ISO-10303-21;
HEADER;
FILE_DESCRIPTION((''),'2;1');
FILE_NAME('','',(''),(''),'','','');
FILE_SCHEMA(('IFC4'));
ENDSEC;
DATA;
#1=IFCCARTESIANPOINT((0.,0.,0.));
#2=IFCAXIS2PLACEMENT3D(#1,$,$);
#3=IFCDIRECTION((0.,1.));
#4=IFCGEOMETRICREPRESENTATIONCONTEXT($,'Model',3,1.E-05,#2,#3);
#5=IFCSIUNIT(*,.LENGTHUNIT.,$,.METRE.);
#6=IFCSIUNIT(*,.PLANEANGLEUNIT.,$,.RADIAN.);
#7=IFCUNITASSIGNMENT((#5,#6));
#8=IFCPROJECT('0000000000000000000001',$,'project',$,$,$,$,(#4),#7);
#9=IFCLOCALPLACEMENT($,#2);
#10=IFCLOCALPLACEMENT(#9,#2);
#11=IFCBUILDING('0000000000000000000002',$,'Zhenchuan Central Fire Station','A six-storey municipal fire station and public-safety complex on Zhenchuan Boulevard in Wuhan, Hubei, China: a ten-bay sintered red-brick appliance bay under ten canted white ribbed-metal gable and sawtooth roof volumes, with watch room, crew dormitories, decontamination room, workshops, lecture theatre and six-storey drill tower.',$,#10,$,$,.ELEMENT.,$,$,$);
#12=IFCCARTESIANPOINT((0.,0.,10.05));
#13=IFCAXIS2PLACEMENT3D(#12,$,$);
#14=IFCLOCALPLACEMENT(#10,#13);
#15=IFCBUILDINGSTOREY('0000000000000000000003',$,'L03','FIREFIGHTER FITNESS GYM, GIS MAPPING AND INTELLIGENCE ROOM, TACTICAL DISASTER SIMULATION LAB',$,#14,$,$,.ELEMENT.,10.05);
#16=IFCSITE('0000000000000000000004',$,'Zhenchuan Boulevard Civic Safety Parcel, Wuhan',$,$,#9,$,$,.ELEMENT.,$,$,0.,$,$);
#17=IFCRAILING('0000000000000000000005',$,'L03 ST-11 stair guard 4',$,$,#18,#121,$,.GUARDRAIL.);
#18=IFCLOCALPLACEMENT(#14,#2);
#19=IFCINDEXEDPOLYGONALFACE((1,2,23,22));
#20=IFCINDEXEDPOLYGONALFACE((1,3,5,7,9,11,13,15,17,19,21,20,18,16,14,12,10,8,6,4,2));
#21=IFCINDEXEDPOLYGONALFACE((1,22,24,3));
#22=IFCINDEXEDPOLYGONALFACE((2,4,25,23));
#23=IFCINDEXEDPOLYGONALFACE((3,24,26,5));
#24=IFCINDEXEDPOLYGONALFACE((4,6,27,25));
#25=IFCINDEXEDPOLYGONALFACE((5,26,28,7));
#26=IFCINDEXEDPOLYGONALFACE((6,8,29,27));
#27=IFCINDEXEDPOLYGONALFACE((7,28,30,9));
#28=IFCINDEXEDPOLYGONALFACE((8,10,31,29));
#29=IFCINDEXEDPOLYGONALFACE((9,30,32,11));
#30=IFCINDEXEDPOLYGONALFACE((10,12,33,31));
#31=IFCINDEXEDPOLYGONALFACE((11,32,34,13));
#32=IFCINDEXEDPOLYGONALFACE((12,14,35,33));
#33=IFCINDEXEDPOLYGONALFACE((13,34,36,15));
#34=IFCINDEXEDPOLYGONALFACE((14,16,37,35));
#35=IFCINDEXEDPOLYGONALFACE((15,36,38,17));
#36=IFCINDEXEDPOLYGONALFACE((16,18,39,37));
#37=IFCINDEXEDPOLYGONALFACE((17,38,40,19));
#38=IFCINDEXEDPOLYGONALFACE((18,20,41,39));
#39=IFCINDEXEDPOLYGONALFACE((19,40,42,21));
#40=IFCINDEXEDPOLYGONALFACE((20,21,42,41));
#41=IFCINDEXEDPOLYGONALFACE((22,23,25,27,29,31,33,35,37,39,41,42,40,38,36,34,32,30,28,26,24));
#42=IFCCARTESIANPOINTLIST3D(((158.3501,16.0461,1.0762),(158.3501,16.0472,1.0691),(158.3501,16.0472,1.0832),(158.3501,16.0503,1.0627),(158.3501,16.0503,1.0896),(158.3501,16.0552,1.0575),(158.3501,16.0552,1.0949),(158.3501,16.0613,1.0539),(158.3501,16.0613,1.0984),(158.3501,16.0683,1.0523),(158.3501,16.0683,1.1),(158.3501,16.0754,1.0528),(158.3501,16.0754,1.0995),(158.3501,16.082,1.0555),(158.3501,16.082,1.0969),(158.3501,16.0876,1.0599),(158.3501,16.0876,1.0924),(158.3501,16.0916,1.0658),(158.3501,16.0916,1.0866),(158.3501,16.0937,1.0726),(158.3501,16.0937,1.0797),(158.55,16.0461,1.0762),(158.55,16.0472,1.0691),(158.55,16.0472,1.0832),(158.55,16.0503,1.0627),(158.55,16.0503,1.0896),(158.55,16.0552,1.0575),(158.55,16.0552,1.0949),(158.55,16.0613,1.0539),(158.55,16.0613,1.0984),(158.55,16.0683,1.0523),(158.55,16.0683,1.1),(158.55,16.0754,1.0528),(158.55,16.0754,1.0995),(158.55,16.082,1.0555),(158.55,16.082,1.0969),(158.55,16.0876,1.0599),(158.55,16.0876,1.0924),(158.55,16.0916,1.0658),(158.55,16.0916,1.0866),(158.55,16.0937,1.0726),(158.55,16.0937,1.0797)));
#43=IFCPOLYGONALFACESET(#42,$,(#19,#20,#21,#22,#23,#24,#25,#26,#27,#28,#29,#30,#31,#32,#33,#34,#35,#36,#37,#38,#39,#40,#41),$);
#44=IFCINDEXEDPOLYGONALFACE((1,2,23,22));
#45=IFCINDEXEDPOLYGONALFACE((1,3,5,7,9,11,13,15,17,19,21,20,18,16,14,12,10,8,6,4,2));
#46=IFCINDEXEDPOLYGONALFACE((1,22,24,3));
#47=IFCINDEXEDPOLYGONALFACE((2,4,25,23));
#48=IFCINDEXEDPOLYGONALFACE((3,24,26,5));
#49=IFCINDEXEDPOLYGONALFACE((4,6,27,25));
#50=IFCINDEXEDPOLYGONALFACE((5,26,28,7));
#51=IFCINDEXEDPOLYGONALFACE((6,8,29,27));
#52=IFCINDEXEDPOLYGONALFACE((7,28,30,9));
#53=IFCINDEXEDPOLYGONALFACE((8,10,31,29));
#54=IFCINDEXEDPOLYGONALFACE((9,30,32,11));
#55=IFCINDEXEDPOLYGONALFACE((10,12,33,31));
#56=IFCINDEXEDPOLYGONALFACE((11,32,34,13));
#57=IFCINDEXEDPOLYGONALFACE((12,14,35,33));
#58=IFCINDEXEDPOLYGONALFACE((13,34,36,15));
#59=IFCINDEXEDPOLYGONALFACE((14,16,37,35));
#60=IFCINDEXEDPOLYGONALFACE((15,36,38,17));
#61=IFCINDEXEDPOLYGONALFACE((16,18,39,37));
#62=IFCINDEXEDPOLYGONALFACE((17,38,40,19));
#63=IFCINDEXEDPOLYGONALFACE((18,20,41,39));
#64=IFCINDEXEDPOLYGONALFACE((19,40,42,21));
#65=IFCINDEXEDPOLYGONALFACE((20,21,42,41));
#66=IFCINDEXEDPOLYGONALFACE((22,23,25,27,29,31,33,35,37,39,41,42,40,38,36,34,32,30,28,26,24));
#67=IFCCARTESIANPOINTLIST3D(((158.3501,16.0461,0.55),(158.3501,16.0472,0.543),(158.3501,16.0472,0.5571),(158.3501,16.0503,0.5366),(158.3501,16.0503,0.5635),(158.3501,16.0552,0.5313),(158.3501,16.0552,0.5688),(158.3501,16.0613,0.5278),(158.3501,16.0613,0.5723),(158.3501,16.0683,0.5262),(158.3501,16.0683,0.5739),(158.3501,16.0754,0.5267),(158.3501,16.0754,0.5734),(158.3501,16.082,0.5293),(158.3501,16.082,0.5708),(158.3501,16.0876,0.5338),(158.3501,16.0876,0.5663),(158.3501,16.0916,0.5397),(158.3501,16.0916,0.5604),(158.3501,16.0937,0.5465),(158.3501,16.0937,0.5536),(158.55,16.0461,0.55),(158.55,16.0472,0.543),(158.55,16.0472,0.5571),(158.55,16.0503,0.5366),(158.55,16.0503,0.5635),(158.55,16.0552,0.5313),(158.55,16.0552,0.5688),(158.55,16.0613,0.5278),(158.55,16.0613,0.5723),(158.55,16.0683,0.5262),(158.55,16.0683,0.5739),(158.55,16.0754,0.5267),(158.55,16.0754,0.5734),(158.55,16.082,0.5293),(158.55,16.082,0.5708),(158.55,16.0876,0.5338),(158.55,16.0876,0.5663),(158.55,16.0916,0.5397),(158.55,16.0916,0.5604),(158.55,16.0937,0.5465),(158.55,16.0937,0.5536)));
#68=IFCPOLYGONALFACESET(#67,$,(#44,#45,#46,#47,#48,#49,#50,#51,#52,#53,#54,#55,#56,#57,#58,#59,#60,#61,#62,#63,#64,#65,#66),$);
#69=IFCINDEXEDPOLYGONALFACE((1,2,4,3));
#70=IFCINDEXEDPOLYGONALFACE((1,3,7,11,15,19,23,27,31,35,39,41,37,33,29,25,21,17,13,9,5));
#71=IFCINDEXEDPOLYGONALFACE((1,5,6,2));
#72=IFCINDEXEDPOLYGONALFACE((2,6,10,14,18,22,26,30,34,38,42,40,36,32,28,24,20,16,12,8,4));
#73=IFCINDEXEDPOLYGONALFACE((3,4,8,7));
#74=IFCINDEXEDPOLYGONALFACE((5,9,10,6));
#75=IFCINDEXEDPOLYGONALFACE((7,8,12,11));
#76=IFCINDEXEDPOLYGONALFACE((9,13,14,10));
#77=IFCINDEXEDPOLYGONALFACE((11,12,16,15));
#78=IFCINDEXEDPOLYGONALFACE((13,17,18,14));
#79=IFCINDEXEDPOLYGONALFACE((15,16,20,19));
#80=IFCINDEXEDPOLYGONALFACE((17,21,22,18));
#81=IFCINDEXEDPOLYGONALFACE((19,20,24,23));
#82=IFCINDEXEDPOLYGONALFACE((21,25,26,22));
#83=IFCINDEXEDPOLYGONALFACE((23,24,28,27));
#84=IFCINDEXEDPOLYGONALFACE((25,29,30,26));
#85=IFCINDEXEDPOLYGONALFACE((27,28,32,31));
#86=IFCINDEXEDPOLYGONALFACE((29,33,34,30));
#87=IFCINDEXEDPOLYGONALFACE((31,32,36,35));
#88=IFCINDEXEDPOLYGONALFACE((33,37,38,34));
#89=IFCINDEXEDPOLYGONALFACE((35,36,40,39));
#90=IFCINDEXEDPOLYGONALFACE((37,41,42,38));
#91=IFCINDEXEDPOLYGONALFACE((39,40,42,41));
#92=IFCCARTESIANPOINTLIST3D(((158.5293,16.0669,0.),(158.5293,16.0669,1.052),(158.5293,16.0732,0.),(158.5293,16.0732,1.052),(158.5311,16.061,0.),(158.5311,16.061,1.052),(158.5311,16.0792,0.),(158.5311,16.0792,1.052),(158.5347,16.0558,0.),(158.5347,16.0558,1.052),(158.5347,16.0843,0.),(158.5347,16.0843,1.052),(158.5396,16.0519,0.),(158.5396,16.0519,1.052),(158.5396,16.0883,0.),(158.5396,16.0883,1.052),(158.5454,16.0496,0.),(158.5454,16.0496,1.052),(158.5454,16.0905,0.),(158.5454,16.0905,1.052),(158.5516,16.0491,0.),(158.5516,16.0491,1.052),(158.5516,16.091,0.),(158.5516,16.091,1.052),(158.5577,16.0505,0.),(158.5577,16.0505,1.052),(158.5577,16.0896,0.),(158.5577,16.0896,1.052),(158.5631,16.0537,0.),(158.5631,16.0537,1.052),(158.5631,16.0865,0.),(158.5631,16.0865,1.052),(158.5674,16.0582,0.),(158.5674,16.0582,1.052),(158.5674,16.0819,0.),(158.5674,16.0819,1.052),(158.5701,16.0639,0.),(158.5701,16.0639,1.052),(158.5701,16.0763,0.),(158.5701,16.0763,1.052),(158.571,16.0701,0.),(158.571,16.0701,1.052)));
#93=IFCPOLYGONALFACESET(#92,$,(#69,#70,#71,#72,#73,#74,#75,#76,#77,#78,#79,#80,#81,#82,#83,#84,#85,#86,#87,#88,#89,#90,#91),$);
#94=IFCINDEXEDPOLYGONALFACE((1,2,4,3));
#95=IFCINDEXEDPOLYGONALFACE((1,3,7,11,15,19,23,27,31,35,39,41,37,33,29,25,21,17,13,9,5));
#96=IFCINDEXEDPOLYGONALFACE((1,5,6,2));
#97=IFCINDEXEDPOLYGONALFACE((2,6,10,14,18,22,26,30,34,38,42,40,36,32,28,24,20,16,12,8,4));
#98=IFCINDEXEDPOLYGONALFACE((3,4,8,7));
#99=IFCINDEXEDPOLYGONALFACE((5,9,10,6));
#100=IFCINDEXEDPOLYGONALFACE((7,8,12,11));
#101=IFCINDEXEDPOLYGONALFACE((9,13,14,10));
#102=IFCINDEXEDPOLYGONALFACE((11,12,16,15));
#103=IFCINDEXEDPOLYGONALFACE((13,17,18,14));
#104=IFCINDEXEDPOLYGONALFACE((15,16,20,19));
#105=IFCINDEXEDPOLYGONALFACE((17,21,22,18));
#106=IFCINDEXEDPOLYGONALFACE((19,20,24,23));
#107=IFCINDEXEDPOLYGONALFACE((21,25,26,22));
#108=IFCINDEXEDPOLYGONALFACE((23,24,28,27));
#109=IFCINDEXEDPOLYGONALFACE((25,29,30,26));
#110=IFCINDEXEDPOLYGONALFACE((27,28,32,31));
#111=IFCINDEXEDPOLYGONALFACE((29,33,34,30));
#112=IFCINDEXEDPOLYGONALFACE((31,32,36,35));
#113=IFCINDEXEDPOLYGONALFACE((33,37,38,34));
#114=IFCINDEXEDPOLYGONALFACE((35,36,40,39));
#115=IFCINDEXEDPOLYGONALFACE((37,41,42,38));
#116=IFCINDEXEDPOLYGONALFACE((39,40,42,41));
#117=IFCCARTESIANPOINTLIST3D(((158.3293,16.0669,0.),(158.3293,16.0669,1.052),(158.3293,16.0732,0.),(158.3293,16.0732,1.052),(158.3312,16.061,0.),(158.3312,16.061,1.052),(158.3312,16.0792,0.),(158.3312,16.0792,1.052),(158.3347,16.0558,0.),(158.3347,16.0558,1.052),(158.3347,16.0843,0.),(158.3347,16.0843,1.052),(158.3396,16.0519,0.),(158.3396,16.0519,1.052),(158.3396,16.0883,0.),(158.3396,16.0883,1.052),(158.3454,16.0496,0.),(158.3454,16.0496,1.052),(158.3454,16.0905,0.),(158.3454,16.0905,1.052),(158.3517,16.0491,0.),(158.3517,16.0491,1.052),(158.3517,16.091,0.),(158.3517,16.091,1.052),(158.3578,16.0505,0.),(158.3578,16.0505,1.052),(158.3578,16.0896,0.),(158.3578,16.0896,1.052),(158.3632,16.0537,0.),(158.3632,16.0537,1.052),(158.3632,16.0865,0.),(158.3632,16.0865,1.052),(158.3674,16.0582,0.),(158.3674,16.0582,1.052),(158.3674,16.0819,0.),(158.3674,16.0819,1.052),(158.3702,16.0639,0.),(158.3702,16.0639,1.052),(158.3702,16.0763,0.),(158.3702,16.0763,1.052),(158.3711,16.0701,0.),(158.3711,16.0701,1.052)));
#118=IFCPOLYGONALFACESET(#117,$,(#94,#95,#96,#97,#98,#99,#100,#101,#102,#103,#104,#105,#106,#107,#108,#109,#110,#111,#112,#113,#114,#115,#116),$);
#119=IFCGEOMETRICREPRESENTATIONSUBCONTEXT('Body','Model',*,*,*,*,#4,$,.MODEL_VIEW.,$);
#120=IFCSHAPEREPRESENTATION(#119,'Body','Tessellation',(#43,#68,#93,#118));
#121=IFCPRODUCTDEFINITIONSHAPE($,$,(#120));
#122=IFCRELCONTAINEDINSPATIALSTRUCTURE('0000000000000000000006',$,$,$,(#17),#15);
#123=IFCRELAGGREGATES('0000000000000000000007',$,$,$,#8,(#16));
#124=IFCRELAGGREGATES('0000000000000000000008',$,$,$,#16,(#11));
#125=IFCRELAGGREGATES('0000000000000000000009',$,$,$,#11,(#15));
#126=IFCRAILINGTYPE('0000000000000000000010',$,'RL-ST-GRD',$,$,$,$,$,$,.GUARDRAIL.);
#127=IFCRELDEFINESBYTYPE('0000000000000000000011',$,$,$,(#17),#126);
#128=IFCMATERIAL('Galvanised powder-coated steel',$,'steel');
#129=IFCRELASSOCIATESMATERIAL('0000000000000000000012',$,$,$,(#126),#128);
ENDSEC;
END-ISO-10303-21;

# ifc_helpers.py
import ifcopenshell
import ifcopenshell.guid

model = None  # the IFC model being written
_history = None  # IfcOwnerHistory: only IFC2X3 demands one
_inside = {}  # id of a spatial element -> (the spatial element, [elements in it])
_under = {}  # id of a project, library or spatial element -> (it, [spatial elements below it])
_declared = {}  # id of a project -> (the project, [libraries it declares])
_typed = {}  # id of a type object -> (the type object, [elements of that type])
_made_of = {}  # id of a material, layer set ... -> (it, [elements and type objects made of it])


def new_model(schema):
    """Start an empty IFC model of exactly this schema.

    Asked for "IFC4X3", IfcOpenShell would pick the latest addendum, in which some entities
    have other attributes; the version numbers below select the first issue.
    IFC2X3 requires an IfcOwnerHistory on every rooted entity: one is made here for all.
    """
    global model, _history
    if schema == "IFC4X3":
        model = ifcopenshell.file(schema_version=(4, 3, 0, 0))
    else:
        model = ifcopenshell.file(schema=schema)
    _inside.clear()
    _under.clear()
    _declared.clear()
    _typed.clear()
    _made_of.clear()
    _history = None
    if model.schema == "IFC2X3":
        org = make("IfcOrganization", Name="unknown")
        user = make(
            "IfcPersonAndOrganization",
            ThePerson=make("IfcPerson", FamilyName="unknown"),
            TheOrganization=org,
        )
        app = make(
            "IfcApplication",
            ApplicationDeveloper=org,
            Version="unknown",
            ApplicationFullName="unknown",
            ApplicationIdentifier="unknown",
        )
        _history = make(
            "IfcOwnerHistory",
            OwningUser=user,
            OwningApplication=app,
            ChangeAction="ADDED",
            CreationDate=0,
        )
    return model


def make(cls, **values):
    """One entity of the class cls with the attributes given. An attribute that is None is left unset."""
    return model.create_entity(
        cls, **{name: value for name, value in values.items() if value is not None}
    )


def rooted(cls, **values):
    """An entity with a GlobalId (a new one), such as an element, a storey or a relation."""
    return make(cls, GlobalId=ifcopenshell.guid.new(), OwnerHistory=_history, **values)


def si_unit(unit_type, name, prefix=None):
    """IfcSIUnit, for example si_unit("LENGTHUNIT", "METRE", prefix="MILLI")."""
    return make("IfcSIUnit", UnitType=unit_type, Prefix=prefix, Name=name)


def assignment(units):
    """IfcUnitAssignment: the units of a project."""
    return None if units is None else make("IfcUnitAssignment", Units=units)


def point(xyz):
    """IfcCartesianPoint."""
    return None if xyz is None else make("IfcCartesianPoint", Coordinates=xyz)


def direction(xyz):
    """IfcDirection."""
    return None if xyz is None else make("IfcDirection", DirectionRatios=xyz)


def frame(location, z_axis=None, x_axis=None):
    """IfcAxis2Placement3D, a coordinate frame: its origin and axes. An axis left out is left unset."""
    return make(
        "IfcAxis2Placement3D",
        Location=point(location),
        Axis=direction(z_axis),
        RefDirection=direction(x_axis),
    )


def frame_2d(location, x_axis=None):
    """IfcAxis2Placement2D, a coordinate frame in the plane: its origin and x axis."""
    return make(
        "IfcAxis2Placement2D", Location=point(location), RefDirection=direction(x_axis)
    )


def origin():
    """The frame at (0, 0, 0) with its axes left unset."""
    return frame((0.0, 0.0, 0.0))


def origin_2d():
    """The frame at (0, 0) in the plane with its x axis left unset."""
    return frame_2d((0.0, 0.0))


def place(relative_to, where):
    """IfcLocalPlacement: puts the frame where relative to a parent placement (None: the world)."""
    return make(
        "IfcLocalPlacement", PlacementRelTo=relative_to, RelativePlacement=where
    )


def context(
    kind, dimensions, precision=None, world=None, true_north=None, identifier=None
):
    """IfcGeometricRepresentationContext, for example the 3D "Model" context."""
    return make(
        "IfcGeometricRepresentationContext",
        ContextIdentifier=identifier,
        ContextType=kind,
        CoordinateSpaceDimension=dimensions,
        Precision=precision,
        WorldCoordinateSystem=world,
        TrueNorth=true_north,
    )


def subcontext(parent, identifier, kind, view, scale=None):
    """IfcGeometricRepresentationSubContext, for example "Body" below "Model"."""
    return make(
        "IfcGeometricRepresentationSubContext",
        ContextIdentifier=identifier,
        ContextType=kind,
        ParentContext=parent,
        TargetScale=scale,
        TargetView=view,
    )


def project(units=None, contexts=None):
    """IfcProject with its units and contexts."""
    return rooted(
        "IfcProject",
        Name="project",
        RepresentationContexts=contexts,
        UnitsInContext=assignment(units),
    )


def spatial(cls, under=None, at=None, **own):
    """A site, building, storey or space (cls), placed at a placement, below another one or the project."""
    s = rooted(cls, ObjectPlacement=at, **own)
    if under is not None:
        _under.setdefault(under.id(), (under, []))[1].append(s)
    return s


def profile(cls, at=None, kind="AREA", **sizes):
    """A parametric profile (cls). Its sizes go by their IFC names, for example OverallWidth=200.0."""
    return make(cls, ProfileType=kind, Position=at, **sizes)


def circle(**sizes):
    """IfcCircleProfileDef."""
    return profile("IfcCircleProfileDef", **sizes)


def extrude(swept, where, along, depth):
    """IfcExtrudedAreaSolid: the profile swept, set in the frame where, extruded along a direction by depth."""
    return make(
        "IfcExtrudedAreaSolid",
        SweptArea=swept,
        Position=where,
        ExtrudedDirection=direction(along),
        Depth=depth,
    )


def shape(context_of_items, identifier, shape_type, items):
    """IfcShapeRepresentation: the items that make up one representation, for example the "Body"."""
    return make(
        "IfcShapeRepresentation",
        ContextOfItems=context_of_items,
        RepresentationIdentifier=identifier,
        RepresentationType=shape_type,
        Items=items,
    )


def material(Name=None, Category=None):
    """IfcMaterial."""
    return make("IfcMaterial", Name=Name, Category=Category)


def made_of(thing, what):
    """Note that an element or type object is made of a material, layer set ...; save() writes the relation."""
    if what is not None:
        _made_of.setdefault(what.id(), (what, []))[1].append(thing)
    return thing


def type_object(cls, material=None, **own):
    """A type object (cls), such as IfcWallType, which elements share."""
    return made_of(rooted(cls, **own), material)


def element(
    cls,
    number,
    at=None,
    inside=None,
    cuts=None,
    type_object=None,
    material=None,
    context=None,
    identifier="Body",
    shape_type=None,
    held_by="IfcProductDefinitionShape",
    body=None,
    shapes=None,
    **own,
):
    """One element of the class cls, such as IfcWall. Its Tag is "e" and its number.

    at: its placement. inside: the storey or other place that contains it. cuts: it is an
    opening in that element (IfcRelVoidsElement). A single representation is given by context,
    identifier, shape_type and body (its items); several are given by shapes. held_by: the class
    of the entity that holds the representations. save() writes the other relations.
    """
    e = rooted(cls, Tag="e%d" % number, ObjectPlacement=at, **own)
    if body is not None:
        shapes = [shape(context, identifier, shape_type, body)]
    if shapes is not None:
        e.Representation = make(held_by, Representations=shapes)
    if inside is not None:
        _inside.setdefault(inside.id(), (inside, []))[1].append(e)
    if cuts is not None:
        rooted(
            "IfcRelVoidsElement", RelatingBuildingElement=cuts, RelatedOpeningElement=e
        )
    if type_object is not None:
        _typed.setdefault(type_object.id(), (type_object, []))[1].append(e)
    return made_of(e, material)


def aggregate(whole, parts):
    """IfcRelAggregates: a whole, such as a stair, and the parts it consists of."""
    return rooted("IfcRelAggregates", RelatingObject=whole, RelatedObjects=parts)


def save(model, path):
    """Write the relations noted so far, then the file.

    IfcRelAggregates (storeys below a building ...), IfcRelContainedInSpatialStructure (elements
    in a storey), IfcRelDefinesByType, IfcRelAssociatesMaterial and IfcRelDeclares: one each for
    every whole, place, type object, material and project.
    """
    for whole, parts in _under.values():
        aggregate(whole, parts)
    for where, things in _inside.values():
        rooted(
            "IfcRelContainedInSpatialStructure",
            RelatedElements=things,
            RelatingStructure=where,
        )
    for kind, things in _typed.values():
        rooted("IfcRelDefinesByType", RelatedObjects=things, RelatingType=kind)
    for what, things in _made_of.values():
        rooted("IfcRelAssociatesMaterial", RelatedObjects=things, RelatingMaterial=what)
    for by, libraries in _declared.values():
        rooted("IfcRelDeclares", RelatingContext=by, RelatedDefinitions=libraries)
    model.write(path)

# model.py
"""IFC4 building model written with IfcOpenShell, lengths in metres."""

from ifc_helpers import new_model, si_unit, direction, frame, origin, origin_2d, place, context, subcontext, project, spatial, circle, extrude, material, type_object, element, save


model = new_model("IFC4")

# Units and contexts
model_context = context("Model", 3, precision=1e-05, world=origin(), true_north=direction((0.0, 1.0)))
body_context = subcontext(model_context, "Body", "Model", "MODEL_VIEW")
ifc_project = project(units=[si_unit("LENGTHUNIT", "METRE"), si_unit("PLANEANGLEUNIT", "RADIAN")], contexts=[model_context])

# Site, building, storey
site_placement = place(None, origin())
site = spatial("IfcSite", under=ifc_project, at=site_placement, Name="Zhenchuan Boulevard Civic Safety Parcel, Wuhan", CompositionType="ELEMENT", RefElevation=0.0)
building_placement = place(site_placement, origin())
building = spatial("IfcBuilding", under=site, at=building_placement, Name="Zhenchuan Central Fire Station", Description="A six-storey municipal fire station and public-safety complex on Zhenchuan Boulevard in Wuhan, Hubei, China: a ten-bay sintered red-brick appliance bay under ten canted white ribbed-metal gable and sawtooth roof volumes, with watch room, crew dormitories, decontamination room, workshops, lecture theatre and six-storey drill tower.", CompositionType="ELEMENT")
storey_placement = place(building_placement, frame((0.0, 0.0, 10.05)))
storey = spatial("IfcBuildingStorey", under=building, at=storey_placement, Name="L03", Description="FIREFIGHTER FITNESS GYM, GIS MAPPING AND INTELLIGENCE ROOM, TACTICAL DISASTER SIMULATION LAB", CompositionType="ELEMENT", Elevation=10.05)

# Railing
ifc_material_1 = material(Name="Galvanised powder-coated steel", Category="steel")
railing_type_1 = type_object("IfcRailingType", Name="RL-ST-GRD", PredefinedType="GUARDRAIL", material=ifc_material_1)
railing_1_placement = place(storey_placement, frame((158.55, 16.0701, 0.0)))
element("IfcRailing", 1, at=railing_1_placement, inside=storey, type_object=railing_type_1, Name="L03 ST-11 stair guard 4", PredefinedType="GUARDRAIL", context=body_context, shape_type="SweptSolid", body=[
    extrude(circle(Radius=0.0239, at=origin_2d()), frame((0.0, 0.0, 1.0762), z_axis=(-1.0, 0.0, 0.0), x_axis=(0.0, -1.0, 0.0)), (0.0, 0.0, 1.0), 0.2),
    extrude(circle(Radius=0.0239, at=origin_2d()), frame((0.0, 0.0, 0.55), z_axis=(-1.0, 0.0, 0.0), x_axis=(0.0, -1.0, 0.0)), (0.0, 0.0, 1.0), 0.2),
    extrude(circle(Radius=0.021, at=origin_2d()), origin(), (0.0, 0.0, 1.0), 1.052),
    extrude(circle(Radius=0.021, at=origin_2d()), frame((-0.2, 0.0, 0.0)), (0.0, 0.0, 1.0), 1.052),
])

save(model, "model.ifc")
